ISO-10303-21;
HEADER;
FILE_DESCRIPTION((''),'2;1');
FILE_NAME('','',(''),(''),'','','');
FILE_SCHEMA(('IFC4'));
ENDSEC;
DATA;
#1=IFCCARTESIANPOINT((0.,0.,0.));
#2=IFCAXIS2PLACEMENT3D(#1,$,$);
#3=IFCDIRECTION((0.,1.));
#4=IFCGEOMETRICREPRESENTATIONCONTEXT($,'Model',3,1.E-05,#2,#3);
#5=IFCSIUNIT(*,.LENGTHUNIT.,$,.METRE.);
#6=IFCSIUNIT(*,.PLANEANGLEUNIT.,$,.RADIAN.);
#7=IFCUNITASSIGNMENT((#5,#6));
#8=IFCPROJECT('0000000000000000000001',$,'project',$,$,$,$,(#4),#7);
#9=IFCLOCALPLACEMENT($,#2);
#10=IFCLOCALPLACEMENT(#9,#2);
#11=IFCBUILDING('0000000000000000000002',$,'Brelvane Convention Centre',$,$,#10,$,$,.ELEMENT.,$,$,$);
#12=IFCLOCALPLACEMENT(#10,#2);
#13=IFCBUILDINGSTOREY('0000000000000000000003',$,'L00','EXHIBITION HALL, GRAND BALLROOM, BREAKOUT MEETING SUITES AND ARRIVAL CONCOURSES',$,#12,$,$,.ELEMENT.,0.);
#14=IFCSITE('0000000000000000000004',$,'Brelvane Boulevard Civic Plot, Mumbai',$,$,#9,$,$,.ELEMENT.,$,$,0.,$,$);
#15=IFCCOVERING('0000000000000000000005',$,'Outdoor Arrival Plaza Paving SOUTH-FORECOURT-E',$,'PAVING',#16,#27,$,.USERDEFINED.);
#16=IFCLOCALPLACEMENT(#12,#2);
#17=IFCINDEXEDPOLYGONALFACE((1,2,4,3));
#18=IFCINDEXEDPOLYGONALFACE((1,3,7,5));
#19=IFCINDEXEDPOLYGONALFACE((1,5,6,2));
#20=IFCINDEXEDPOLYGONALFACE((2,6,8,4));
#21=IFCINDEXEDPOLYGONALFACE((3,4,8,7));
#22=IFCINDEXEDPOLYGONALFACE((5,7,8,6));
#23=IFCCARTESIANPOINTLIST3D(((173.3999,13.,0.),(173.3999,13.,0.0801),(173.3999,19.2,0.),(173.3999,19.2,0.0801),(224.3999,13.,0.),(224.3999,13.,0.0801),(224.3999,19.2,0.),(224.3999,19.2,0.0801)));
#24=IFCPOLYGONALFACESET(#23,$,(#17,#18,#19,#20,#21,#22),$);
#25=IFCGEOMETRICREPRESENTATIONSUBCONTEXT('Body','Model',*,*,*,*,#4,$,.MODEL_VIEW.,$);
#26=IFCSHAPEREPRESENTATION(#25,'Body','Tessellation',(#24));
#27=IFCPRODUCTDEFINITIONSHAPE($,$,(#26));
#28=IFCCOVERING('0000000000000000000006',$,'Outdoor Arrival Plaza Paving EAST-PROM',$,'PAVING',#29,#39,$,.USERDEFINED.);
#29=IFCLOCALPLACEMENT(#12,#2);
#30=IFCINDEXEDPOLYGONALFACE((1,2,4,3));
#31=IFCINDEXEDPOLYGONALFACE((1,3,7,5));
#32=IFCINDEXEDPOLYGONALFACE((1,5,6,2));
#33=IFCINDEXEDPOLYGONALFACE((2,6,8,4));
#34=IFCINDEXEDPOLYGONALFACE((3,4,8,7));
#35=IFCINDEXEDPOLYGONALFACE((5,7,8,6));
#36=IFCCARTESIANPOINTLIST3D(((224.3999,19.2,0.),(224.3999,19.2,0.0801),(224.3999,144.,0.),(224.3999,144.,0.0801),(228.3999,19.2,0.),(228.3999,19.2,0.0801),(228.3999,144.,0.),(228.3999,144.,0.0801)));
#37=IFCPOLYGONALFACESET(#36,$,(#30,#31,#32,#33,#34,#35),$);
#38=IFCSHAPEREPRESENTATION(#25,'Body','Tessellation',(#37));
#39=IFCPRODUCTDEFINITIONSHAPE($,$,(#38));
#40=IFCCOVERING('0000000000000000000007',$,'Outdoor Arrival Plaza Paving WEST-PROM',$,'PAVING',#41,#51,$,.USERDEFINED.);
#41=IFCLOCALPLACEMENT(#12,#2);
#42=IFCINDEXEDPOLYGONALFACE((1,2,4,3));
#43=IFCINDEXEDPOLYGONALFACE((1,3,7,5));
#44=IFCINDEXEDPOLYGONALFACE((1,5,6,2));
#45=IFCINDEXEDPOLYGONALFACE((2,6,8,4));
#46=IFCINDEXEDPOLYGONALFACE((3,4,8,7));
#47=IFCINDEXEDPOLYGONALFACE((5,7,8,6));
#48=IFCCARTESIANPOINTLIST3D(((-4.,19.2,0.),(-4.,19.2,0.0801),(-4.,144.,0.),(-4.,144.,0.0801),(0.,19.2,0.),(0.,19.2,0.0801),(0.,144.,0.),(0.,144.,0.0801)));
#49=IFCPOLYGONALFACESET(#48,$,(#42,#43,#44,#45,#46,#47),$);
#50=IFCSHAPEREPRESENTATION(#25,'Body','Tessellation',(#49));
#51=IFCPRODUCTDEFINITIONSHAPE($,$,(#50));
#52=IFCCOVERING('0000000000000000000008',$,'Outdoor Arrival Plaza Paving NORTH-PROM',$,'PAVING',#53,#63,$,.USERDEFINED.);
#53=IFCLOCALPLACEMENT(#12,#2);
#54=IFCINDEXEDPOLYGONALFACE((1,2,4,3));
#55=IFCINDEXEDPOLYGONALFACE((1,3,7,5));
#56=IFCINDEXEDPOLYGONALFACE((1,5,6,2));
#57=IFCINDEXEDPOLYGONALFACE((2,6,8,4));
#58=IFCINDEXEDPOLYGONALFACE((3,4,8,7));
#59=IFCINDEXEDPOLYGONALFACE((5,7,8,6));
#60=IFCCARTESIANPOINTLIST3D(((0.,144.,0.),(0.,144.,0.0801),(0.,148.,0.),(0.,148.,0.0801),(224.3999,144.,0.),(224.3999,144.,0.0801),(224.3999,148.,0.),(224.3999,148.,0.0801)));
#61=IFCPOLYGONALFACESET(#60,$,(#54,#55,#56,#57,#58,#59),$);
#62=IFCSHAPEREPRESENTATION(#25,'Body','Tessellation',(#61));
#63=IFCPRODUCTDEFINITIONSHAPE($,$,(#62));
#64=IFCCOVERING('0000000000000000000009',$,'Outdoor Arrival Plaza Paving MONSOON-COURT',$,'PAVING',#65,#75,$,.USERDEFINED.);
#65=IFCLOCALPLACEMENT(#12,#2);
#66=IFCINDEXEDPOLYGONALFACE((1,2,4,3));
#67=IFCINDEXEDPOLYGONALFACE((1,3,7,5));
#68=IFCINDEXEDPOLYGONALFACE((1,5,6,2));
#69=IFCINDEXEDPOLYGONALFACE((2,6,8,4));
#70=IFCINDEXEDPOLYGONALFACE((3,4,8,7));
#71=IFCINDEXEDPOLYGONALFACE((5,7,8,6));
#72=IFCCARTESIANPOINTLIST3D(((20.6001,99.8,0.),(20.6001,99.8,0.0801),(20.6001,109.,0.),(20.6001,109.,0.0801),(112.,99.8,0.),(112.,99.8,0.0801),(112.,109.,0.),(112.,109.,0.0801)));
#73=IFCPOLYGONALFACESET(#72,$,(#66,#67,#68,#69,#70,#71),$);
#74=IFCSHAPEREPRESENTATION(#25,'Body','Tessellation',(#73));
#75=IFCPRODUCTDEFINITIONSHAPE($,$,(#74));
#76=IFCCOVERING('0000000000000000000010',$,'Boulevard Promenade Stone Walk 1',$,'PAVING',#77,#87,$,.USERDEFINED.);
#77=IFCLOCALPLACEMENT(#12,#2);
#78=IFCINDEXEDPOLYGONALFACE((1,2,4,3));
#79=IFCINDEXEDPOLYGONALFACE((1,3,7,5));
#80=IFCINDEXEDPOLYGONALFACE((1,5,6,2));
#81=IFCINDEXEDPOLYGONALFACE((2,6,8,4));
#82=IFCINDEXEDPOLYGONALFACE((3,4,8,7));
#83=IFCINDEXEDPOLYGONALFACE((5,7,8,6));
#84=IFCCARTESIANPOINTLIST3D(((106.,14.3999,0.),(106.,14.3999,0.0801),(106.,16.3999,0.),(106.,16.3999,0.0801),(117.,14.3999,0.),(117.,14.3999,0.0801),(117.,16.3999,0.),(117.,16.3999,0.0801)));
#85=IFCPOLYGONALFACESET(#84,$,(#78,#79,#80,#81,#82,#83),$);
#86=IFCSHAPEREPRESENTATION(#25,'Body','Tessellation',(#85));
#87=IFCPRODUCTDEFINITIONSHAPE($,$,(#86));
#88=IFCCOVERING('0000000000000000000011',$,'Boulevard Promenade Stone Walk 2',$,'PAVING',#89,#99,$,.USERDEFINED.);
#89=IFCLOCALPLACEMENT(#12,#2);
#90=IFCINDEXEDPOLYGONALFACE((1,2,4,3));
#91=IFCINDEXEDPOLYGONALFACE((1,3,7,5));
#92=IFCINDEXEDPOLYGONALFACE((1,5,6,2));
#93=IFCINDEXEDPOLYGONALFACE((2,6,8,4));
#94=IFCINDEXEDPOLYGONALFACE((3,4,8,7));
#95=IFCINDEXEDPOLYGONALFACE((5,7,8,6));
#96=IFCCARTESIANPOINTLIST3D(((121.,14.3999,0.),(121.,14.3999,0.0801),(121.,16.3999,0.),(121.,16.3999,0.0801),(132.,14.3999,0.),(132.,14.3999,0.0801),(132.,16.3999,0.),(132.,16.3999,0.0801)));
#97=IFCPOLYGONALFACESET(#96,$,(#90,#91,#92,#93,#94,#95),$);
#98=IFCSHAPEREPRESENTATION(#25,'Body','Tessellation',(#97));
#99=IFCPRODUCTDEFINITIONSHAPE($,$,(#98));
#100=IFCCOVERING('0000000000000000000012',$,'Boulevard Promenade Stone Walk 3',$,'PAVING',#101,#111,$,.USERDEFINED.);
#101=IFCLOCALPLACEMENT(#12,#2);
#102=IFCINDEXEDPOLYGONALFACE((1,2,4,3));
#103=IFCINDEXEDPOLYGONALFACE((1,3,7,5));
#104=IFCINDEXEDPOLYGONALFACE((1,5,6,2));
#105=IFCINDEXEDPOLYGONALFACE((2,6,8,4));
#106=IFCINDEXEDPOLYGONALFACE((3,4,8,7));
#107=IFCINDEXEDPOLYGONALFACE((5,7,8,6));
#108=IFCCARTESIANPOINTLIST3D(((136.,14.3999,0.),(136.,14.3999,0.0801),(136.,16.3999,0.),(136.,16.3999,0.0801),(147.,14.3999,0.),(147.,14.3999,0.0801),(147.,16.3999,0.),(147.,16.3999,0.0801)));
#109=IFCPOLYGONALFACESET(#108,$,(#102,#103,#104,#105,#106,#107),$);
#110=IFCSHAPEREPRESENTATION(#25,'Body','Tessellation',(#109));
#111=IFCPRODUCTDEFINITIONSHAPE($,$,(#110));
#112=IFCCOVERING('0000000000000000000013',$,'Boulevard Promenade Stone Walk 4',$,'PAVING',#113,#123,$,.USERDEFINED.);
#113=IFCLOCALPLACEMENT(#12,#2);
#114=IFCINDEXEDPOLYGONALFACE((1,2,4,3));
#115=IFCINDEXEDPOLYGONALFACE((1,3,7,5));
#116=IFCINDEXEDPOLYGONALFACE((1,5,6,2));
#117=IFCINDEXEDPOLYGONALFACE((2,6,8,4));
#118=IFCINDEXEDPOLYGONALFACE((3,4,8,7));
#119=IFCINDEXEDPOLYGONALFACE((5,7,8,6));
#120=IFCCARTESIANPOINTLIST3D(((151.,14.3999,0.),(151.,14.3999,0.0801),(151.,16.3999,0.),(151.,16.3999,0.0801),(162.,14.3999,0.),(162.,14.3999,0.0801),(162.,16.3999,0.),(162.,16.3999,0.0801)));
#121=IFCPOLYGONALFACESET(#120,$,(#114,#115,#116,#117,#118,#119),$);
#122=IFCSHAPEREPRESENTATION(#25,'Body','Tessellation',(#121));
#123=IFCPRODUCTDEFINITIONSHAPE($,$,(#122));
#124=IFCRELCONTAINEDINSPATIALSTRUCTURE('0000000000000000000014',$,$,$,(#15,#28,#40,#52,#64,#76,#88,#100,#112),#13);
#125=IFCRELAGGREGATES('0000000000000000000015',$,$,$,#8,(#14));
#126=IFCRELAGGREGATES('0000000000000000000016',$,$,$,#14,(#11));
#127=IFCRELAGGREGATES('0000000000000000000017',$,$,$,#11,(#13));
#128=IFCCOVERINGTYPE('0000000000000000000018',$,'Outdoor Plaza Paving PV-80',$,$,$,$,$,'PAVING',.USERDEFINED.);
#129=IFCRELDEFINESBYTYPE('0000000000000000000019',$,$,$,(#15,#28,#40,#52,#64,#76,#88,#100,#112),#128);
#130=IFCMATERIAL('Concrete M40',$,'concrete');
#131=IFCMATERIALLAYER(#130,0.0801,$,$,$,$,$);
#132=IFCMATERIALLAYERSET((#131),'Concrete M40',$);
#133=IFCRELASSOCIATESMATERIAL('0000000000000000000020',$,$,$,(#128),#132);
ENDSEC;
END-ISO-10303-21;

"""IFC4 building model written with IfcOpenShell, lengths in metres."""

from ifc_helpers import new_model, si_unit, direction, origin, place, context, subcontext, project, spatial, polyline, outline, extrude, material, layer, layer_set, type_object, element, save


model = new_model("IFC4")

# Units and contexts
model_context = context("Model", 3, precision=1e-05, world=origin(), true_north=direction((0.0, 1.0)))
body_context = subcontext(model_context, "Body", "Model", "MODEL_VIEW")
ifc_project = project(units=[si_unit("LENGTHUNIT", "METRE"), si_unit("PLANEANGLEUNIT", "RADIAN")], contexts=[model_context])

# Site, building, storey
site_placement = place(None, origin())
site = spatial("IfcSite", under=ifc_project, at=site_placement, Name="Brelvane Boulevard Civic Plot, Mumbai", CompositionType="ELEMENT", RefElevation=0.0)
building_placement = place(site_placement, origin())
building = spatial("IfcBuilding", under=site, at=building_placement, Name="Brelvane Convention Centre", CompositionType="ELEMENT")
storey_placement = place(building_placement, origin())
storey = spatial("IfcBuildingStorey", under=building, at=storey_placement, Name="L00", Description="EXHIBITION HALL, GRAND BALLROOM, BREAKOUT MEETING SUITES AND ARRIVAL CONCOURSES", CompositionType="ELEMENT", Elevation=0.0)

# Coverings
ifc_material_1 = material(Name="Concrete M40", Category="concrete")
ifc_layer_1 = layer(ifc_material_1, 0.0801)
ifc_layer_set_1 = layer_set([ifc_layer_1], Name="Concrete M40")
covering_type_1 = type_object("IfcCoveringType", Name="Outdoor Plaza Paving PV-80", ElementType="PAVING", PredefinedType="USERDEFINED", material=ifc_layer_set_1)
covering_1_placement = place(storey_placement, origin())
element("IfcCovering", 1, at=covering_1_placement, inside=storey, type_object=covering_type_1, Name="Outdoor Arrival Plaza Paving SOUTH-FORECOURT-E", ObjectType="PAVING", PredefinedType="USERDEFINED", context=body_context, shape_type="SweptSolid", body=[
    extrude(outline(polyline([(173.3999, 13.0), (224.3999, 13.0), (224.3999, 19.2), (173.3999, 19.2), (173.3999, 13.0)])), origin(), (0.0, 0.0, 1.0), 0.0801),
])
covering_2_placement = place(storey_placement, origin())
element("IfcCovering", 2, at=covering_2_placement, inside=storey, type_object=covering_type_1, Name="Outdoor Arrival Plaza Paving EAST-PROM", ObjectType="PAVING", PredefinedType="USERDEFINED", context=body_context, shape_type="SweptSolid", body=[
    extrude(outline(polyline([(224.3999, 19.2), (228.3999, 19.2), (228.3999, 144.0), (224.3999, 144.0), (224.3999, 19.2)])), origin(), (0.0, 0.0, 1.0), 0.0801),
])
covering_3_placement = place(storey_placement, origin())
element("IfcCovering", 3, at=covering_3_placement, inside=storey, type_object=covering_type_1, Name="Outdoor Arrival Plaza Paving WEST-PROM", ObjectType="PAVING", PredefinedType="USERDEFINED", context=body_context, shape_type="SweptSolid", body=[
    extrude(outline(polyline([(-4.0, 19.2), (0.0, 19.2), (0.0, 144.0), (-4.0, 144.0), (-4.0, 19.2)])), origin(), (0.0, 0.0, 1.0), 0.0801),
])
covering_4_placement = place(storey_placement, origin())
element("IfcCovering", 4, at=covering_4_placement, inside=storey, type_object=covering_type_1, Name="Outdoor Arrival Plaza Paving NORTH-PROM", ObjectType="PAVING", PredefinedType="USERDEFINED", context=body_context, shape_type="SweptSolid", body=[
    extrude(outline(polyline([(0.0, 144.0), (224.3999, 144.0), (224.3999, 148.0), (0.0, 148.0), (0.0, 144.0)])), origin(), (0.0, 0.0, 1.0), 0.0801),
])
covering_5_placement = place(storey_placement, origin())
element("IfcCovering", 5, at=covering_5_placement, inside=storey, type_object=covering_type_1, Name="Outdoor Arrival Plaza Paving MONSOON-COURT", ObjectType="PAVING", PredefinedType="USERDEFINED", context=body_context, shape_type="SweptSolid", body=[
    extrude(outline(polyline([(20.6001, 99.8), (112.0, 99.8), (112.0, 109.0), (20.6001, 109.0), (20.6001, 99.8)])), origin(), (0.0, 0.0, 1.0), 0.0801),
])
covering_6_placement = place(storey_placement, origin())
element("IfcCovering", 6, at=covering_6_placement, inside=storey, type_object=covering_type_1, Name="Boulevard Promenade Stone Walk 1", ObjectType="PAVING", PredefinedType="USERDEFINED", context=body_context, shape_type="SweptSolid", body=[
    extrude(outline(polyline([(106.0, 14.3999), (117.0, 14.3999), (117.0, 16.3999), (106.0, 16.3999), (106.0, 14.3999)])), origin(), (0.0, 0.0, 1.0), 0.0801),
])
covering_7_placement = place(storey_placement, origin())
element("IfcCovering", 7, at=covering_7_placement, inside=storey, type_object=covering_type_1, Name="Boulevard Promenade Stone Walk 2", ObjectType="PAVING", PredefinedType="USERDEFINED", context=body_context, shape_type="SweptSolid", body=[
    extrude(outline(polyline([(121.0, 14.3999), (132.0, 14.3999), (132.0, 16.3999), (121.0, 16.3999), (121.0, 14.3999)])), origin(), (0.0, 0.0, 1.0), 0.0801),
])
covering_8_placement = place(storey_placement, origin())
element("IfcCovering", 8, at=covering_8_placement, inside=storey, type_object=covering_type_1, Name="Boulevard Promenade Stone Walk 3", ObjectType="PAVING", PredefinedType="USERDEFINED", context=body_context, shape_type="SweptSolid", body=[
    extrude(outline(polyline([(136.0, 14.3999), (147.0, 14.3999), (147.0, 16.3999), (136.0, 16.3999), (136.0, 14.3999)])), origin(), (0.0, 0.0, 1.0), 0.0801),
])
covering_9_placement = place(storey_placement, origin())
element("IfcCovering", 9, at=covering_9_placement, inside=storey, type_object=covering_type_1, Name="Boulevard Promenade Stone Walk 4", ObjectType="PAVING", PredefinedType="USERDEFINED", context=body_context, shape_type="SweptSolid", body=[
    extrude(outline(polyline([(151.0, 14.3999), (162.0, 14.3999), (162.0, 16.3999), (151.0, 16.3999), (151.0, 14.3999)])), origin(), (0.0, 0.0, 1.0), 0.0801),
])

save(model, "model.ifc")
